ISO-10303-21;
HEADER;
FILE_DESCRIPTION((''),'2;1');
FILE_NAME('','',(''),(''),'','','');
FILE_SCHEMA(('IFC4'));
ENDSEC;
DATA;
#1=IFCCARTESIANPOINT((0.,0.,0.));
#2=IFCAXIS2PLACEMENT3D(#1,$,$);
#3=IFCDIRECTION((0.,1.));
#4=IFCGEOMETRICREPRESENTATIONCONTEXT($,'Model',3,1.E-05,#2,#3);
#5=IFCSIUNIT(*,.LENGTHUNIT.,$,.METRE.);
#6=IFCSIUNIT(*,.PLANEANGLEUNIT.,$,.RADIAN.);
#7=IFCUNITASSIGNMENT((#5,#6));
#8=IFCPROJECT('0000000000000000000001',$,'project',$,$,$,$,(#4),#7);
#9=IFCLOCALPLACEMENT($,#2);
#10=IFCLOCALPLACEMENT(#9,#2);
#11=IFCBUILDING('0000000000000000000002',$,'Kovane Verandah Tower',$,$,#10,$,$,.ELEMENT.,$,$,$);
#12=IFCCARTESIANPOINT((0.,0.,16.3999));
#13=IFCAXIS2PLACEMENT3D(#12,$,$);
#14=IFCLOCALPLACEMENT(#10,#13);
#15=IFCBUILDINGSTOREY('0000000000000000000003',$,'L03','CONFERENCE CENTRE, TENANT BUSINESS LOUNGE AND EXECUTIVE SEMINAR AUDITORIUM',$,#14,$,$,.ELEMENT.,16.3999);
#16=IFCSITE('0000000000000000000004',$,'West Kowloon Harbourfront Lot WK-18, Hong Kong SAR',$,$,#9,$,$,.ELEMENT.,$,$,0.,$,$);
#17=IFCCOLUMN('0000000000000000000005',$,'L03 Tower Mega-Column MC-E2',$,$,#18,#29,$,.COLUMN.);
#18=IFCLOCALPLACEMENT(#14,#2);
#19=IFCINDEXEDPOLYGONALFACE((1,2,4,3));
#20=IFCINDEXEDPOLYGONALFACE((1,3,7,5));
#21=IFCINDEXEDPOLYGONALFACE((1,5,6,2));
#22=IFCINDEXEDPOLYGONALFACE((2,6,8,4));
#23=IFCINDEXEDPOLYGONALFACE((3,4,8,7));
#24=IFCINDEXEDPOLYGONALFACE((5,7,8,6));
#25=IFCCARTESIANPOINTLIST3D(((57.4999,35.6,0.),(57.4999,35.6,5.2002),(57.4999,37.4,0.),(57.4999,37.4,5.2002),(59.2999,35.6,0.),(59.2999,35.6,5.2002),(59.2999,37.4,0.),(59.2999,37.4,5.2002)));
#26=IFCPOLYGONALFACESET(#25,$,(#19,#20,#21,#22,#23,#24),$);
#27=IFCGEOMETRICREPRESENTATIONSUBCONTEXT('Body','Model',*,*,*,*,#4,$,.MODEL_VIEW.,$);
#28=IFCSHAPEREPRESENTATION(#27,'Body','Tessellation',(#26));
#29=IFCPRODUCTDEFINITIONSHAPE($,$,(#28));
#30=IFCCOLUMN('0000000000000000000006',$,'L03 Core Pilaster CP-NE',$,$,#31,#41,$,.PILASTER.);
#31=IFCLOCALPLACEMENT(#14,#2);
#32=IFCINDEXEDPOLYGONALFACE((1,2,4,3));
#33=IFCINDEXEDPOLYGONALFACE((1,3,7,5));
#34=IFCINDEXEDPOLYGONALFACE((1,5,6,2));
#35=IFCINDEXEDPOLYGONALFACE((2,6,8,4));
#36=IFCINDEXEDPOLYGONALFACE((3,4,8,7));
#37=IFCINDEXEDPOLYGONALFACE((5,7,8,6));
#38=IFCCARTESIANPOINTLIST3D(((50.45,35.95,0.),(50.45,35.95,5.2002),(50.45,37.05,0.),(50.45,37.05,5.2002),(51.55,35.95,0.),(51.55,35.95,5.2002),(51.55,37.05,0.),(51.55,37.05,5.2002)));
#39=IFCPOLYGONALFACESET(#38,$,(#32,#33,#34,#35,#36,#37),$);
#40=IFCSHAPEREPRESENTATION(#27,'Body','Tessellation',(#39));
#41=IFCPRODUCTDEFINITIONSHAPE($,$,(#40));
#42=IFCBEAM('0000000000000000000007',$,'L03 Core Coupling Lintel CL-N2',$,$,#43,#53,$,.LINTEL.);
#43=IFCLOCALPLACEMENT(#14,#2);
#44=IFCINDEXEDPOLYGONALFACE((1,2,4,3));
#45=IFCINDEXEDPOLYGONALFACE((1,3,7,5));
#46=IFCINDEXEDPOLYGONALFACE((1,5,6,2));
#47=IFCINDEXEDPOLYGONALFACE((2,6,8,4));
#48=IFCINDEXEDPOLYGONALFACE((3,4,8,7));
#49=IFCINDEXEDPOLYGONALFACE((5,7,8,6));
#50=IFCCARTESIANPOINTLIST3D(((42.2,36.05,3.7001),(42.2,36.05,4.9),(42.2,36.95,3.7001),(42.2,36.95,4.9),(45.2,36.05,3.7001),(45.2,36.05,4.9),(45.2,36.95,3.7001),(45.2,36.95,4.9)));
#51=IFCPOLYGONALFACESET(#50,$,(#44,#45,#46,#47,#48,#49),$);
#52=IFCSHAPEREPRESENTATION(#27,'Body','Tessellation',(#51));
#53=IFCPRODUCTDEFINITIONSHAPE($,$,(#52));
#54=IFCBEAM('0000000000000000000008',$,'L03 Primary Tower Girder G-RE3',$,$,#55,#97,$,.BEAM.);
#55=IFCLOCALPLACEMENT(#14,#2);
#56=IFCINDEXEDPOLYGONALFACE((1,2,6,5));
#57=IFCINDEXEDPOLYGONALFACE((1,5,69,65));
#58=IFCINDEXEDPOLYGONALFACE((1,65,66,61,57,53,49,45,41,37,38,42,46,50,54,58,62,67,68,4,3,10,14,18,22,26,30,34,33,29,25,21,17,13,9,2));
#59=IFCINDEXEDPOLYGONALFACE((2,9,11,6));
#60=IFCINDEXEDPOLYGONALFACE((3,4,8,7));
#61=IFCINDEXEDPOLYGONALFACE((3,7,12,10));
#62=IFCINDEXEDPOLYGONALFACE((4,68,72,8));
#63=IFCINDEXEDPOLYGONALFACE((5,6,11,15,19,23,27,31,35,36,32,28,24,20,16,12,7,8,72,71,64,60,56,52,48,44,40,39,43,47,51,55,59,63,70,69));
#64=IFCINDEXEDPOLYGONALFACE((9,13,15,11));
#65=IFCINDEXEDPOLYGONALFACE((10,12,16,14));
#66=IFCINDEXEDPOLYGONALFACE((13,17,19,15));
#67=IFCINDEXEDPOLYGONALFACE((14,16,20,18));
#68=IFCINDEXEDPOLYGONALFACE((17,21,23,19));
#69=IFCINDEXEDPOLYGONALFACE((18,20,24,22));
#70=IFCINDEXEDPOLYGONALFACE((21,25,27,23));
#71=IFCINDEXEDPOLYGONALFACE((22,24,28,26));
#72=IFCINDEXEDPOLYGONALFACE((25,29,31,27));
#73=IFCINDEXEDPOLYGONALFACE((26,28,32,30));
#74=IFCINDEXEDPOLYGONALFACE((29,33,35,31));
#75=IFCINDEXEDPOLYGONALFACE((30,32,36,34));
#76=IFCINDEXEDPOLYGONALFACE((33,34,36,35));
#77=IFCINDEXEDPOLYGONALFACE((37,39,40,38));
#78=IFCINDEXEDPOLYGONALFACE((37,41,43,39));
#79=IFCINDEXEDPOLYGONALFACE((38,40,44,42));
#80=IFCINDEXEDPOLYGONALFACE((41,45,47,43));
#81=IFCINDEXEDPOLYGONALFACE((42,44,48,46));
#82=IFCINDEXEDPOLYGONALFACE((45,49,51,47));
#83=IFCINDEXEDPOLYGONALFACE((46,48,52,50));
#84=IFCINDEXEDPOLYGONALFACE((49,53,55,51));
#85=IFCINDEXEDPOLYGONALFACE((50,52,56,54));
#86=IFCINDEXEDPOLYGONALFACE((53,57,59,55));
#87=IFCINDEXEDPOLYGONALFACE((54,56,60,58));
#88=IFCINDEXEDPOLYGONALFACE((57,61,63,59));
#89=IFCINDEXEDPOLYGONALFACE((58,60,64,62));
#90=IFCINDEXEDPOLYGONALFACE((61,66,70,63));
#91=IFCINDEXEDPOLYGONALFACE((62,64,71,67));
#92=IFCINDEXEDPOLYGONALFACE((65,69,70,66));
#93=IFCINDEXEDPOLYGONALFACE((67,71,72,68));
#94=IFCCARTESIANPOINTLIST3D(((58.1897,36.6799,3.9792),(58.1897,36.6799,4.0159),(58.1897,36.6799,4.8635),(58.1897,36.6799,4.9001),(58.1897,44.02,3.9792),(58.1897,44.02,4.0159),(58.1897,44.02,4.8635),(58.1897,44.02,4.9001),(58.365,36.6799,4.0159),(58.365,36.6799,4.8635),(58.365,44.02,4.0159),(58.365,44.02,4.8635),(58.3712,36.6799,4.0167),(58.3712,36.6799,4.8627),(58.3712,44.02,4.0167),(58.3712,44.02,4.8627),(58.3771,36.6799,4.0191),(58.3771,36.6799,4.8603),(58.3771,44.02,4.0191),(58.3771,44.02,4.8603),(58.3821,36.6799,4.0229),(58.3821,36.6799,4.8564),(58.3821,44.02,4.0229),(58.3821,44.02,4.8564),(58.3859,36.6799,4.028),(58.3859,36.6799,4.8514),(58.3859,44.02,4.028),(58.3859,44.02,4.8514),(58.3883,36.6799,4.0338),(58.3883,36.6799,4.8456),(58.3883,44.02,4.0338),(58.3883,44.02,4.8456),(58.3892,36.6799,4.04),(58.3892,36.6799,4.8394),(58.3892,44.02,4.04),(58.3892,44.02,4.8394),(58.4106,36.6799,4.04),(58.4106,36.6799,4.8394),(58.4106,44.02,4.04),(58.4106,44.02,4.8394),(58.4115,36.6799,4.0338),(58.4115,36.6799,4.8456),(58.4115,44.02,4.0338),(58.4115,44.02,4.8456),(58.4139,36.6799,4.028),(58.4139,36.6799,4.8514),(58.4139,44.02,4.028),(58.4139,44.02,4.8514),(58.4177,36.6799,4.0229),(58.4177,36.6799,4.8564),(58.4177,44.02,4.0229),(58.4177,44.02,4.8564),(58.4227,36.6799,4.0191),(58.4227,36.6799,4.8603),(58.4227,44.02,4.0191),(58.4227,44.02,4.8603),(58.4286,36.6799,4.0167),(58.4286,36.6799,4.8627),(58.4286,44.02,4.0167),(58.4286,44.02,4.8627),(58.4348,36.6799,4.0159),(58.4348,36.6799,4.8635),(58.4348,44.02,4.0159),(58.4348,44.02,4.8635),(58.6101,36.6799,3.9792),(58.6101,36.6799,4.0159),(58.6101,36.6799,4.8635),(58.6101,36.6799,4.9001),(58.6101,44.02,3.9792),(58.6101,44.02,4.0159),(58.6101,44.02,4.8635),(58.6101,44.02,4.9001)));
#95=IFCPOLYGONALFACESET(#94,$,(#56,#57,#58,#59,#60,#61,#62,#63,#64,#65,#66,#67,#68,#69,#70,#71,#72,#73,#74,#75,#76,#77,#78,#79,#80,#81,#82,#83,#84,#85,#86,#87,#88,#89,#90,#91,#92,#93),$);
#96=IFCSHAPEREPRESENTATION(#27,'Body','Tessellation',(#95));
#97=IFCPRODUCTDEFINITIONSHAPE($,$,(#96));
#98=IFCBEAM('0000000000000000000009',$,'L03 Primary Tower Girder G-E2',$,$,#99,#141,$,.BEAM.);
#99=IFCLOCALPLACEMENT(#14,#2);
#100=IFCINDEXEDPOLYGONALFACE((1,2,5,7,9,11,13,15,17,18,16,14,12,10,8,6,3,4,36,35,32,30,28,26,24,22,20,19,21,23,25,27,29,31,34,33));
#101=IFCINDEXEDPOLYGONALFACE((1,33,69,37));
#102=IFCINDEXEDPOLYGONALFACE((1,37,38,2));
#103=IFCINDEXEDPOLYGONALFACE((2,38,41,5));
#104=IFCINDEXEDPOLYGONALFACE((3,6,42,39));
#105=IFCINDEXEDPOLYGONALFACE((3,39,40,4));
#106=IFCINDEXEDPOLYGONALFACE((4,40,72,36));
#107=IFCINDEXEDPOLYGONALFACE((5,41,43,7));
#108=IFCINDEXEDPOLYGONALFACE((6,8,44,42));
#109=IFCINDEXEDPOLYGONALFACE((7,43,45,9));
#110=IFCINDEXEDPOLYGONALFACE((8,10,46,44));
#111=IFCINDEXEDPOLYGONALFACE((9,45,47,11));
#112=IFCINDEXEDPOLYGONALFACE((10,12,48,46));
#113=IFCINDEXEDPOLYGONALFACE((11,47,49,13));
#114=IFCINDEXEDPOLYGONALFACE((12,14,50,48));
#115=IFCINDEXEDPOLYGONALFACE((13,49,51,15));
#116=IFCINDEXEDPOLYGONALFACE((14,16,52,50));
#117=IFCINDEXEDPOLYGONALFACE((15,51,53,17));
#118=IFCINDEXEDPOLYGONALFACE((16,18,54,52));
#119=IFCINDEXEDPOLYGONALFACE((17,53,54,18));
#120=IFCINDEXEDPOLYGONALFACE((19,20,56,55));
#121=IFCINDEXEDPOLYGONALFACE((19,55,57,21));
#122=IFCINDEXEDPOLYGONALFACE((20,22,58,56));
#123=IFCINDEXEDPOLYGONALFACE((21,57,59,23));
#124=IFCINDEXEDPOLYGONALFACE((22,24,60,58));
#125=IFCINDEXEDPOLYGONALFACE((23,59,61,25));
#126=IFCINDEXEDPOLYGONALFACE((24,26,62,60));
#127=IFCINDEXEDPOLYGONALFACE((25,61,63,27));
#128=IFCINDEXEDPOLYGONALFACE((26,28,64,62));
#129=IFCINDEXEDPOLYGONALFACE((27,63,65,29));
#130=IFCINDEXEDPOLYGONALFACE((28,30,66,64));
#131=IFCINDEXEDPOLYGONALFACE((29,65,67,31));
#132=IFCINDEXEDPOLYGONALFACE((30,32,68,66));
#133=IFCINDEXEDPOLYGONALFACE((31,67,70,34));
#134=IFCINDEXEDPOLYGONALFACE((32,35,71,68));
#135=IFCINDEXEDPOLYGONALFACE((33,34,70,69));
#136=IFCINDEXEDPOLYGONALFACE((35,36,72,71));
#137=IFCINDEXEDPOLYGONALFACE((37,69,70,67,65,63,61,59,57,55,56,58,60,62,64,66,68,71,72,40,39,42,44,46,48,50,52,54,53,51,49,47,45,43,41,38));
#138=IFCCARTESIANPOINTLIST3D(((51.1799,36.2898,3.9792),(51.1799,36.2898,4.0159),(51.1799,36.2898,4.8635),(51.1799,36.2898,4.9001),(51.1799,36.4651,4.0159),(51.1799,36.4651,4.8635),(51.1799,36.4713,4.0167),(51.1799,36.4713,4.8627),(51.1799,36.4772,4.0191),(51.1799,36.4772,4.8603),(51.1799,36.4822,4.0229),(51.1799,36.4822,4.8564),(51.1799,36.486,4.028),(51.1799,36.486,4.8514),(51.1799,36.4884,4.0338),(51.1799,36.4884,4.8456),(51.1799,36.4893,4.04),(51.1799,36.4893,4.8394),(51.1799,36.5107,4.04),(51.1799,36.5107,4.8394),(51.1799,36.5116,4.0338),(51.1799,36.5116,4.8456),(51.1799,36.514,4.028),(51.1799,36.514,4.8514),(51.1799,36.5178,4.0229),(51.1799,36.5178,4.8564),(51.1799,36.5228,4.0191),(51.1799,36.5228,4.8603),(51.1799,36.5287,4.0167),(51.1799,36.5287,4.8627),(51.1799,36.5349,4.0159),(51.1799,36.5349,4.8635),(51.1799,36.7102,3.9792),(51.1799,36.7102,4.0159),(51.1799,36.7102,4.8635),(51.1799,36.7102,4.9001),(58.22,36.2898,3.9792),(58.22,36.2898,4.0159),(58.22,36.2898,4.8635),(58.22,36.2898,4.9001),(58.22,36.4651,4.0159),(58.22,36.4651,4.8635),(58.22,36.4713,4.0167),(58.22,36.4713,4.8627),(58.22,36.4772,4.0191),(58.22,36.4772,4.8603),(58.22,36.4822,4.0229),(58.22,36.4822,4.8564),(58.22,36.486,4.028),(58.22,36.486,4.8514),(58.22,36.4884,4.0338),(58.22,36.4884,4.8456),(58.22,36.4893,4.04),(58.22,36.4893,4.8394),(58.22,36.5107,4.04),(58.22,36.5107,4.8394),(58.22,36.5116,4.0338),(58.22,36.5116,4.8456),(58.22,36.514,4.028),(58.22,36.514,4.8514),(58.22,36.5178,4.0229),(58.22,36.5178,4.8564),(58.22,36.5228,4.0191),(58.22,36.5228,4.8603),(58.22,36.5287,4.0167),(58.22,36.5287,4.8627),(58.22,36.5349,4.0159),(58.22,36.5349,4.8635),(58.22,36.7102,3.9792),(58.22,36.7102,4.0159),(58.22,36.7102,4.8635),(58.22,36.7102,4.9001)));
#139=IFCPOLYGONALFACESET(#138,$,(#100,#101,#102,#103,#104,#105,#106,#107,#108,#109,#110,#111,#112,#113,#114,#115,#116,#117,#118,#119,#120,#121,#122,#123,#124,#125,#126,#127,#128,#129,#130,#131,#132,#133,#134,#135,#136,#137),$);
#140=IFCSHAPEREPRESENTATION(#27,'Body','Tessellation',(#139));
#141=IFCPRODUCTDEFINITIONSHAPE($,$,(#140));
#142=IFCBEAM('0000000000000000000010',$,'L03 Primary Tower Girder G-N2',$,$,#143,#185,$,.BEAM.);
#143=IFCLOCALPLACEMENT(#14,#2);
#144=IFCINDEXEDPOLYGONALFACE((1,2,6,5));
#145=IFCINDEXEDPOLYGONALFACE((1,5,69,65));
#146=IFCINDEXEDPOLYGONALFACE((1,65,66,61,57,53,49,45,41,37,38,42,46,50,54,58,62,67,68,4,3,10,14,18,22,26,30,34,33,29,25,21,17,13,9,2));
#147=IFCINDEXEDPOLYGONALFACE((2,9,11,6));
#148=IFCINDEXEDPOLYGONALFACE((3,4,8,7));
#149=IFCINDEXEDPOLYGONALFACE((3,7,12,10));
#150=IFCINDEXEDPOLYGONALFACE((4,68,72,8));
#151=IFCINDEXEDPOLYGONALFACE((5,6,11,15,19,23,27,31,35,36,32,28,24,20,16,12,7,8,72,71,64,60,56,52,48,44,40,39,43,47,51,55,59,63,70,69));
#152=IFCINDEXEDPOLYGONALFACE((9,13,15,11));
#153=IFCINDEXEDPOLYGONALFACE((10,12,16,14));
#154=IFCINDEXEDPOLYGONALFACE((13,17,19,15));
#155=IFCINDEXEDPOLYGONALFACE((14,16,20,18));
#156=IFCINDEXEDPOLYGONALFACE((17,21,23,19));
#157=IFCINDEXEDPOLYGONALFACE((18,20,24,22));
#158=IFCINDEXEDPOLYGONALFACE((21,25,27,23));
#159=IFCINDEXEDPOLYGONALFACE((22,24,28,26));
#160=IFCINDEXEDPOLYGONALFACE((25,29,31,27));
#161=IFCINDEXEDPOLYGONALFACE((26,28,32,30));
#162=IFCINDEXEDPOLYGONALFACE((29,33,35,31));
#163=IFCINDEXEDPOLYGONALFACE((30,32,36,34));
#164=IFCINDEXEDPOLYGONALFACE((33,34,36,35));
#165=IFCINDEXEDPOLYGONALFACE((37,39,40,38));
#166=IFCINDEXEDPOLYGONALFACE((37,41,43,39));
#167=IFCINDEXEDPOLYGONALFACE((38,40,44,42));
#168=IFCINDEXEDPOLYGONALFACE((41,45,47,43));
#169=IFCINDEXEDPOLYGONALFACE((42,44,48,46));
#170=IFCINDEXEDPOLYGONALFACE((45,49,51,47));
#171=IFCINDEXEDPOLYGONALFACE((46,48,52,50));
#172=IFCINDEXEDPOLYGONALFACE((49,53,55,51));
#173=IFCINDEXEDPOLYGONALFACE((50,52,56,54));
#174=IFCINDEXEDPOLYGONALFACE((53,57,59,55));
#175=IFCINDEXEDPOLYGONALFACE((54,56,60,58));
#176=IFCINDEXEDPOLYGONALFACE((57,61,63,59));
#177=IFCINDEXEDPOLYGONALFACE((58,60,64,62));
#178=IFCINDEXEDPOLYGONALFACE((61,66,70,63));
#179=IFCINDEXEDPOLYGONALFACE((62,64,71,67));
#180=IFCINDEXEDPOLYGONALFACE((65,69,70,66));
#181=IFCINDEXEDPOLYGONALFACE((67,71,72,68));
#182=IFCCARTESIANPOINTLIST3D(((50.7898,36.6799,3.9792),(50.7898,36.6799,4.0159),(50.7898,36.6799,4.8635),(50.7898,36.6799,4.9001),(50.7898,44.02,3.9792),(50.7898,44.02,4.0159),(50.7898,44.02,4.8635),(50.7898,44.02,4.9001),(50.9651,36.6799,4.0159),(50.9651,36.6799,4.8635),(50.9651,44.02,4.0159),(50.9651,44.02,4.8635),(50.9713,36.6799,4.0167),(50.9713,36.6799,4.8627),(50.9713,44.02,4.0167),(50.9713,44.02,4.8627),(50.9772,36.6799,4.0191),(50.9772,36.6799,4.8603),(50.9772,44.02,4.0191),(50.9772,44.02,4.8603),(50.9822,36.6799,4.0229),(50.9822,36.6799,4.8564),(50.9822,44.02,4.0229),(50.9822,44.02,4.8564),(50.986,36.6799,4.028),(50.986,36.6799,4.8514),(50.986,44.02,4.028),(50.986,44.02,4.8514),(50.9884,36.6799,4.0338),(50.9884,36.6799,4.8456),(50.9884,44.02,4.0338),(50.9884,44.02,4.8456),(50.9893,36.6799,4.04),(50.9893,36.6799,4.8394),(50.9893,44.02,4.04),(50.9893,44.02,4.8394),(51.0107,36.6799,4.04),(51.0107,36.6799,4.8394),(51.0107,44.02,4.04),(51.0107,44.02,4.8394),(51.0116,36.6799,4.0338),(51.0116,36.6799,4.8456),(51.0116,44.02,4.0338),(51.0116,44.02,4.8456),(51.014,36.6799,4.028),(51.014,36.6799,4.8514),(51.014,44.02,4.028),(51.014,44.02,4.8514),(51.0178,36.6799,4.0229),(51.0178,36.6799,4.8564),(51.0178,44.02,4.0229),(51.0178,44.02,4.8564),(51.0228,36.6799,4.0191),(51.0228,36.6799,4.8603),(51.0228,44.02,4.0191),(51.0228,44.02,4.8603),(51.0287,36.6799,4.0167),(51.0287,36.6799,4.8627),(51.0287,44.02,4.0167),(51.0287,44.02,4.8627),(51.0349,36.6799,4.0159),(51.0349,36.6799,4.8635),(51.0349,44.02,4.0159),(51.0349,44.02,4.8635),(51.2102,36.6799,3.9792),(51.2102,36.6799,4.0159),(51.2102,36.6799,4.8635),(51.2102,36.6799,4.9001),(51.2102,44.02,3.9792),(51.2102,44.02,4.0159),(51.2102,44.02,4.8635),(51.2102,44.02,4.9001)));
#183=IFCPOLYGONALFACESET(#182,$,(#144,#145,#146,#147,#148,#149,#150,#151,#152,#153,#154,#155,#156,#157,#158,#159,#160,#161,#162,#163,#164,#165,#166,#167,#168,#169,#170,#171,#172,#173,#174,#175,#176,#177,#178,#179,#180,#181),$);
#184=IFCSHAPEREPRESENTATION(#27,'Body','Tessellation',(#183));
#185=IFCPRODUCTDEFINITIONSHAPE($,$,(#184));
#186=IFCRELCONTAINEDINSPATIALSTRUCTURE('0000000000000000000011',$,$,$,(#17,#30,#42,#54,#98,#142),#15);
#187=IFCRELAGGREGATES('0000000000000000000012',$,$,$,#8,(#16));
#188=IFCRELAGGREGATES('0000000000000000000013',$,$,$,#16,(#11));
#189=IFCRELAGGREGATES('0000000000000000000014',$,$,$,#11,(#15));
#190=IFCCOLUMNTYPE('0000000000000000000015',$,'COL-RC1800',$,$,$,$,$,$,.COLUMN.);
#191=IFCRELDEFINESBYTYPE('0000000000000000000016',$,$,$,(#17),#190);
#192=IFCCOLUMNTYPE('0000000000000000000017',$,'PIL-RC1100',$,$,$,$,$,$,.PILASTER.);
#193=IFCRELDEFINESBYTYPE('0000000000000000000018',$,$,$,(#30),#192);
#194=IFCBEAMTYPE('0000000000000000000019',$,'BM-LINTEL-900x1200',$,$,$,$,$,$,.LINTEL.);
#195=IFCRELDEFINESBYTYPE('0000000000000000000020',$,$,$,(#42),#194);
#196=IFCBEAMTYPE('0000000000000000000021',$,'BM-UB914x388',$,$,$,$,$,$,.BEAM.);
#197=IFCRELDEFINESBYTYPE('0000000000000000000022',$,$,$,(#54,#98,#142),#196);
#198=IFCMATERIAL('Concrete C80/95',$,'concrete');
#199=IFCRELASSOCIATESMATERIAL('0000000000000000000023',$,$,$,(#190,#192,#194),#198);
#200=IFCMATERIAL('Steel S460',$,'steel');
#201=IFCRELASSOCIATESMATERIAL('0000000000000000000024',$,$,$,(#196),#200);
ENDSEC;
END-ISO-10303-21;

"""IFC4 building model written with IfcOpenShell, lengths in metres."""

from ifc_helpers import new_model, si_unit, direction, frame, origin, origin_2d, place, context, subcontext, project, spatial, rectangle, i_section, extrude, material, material_profile, profile_set, type_object, element, save


model = new_model("IFC4")

# Units and contexts
model_context = context("Model", 3, precision=1e-05, world=origin(), true_north=direction((0.0, 1.0)))
body_context = subcontext(model_context, "Body", "Model", "MODEL_VIEW")
ifc_project = project(units=[si_unit("LENGTHUNIT", "METRE"), si_unit("PLANEANGLEUNIT", "RADIAN")], contexts=[model_context])

# Site, building, storey
site_placement = place(None, origin())
site = spatial("IfcSite", under=ifc_project, at=site_placement, Name="West Kowloon Harbourfront Lot WK-18, Hong Kong SAR", CompositionType="ELEMENT", RefElevation=0.0)
building_placement = place(site_placement, origin())
building = spatial("IfcBuilding", under=site, at=building_placement, Name="Kovane Verandah Tower", CompositionType="ELEMENT")
storey_placement = place(building_placement, frame((0.0, 0.0, 16.3999)))
storey = spatial("IfcBuildingStorey", under=building, at=storey_placement, Name="L03", Description="CONFERENCE CENTRE, TENANT BUSINESS LOUNGE AND EXECUTIVE SEMINAR AUDITORIUM", CompositionType="ELEMENT", Elevation=16.3999)

# Columns
ifc_material_1 = material(Name="Concrete C80/95", Category="concrete")
ifc_material_profile_1 = material_profile(ifc_material_1, rectangle(XDim=1.8, YDim=1.8, at=origin_2d()), Name="RC1800x1800")
ifc_profile_set_1 = profile_set([ifc_material_profile_1], Name="Concrete C80/95")
column_type_1 = type_object("IfcColumnType", Name="COL-RC1800", PredefinedType="COLUMN", material=ifc_profile_set_1)
column_1_placement = place(storey_placement, frame((58.3999, 36.5, 0.0), z_axis=(0.0, 0.0, 1.0), x_axis=(1.0, 0.0, 0.0)))
element("IfcColumn", 1, at=column_1_placement, inside=storey, type_object=column_type_1, Name="L03 Tower Mega-Column MC-E2", PredefinedType="COLUMN", context=body_context, shape_type="SweptSolid", body=[
    extrude(rectangle(XDim=1.8, YDim=1.8, at=origin_2d()), origin(), (0.0, 0.0, 1.0), 5.2002),
])
ifc_material_profile_2 = material_profile(ifc_material_1, rectangle(XDim=1.1001, YDim=1.1001, at=origin_2d()), Name="RC1100x1100")
ifc_profile_set_2 = profile_set([ifc_material_profile_2], Name="Concrete C80/95")
column_type_2 = type_object("IfcColumnType", Name="PIL-RC1100", PredefinedType="PILASTER", material=ifc_profile_set_2)
column_2_placement = place(storey_placement, frame((51.0, 36.5, 0.0), z_axis=(0.0, 0.0, 1.0), x_axis=(1.0, 0.0, 0.0)))
element("IfcColumn", 2, at=column_2_placement, inside=storey, type_object=column_type_2, Name="L03 Core Pilaster CP-NE", PredefinedType="PILASTER", context=body_context, shape_type="SweptSolid", body=[
    extrude(rectangle(XDim=1.1001, YDim=1.1001, at=origin_2d()), origin(), (0.0, 0.0, 1.0), 5.2002),
])

# Beams
ifc_material_profile_3 = material_profile(ifc_material_1, rectangle(XDim=0.8999, YDim=1.2, at=origin_2d()), Name="RCB900x1200")
ifc_profile_set_3 = profile_set([ifc_material_profile_3], Name="Concrete C80/95")
beam_type_1 = type_object("IfcBeamType", Name="BM-LINTEL-900x1200", PredefinedType="LINTEL", material=ifc_profile_set_3)
beam_1_placement = place(storey_placement, frame((42.2, 36.5, 4.3), z_axis=(1.0, 0.0, 0.0), x_axis=(0.0, 1.0, 0.0)))
element("IfcBeam", 3, at=beam_1_placement, inside=storey, type_object=beam_type_1, Name="L03 Core Coupling Lintel CL-N2", PredefinedType="LINTEL", context=body_context, shape_type="SweptSolid", body=[
    extrude(rectangle(XDim=0.8999, YDim=1.2, at=origin_2d()), origin(), (0.0, 0.0, 1.0), 3.0),
])
ifc_material_2 = material(Name="Steel S460", Category="steel")
ifc_material_profile_4 = material_profile(ifc_material_2, i_section(OverallWidth=0.4204, OverallDepth=0.9209, WebThickness=0.0215, FlangeThickness=0.0366, FilletRadius=0.0242, at=origin_2d()), Name="UB914x419x388")
ifc_profile_set_4 = profile_set([ifc_material_profile_4], Name="Steel S460")
beam_type_2 = type_object("IfcBeamType", Name="BM-UB914x388", PredefinedType="BEAM", material=ifc_profile_set_4)
beam_2_placement = place(storey_placement, frame((58.3999, 36.6799, 4.4397), z_axis=(0.0, 1.0, 0.0), x_axis=(-1.0, 0.0, 0.0)))
element("IfcBeam", 4, at=beam_2_placement, inside=storey, type_object=beam_type_2, Name="L03 Primary Tower Girder G-RE3", PredefinedType="BEAM", context=body_context, shape_type="SweptSolid", body=[
    extrude(i_section(OverallWidth=0.4204, OverallDepth=0.9209, WebThickness=0.0215, FlangeThickness=0.0366, FilletRadius=0.0242, at=origin_2d()), origin(), (0.0, 0.0, 1.0), 7.3401),
])
beam_3_placement = place(storey_placement, frame((51.1799, 36.5, 4.4397), z_axis=(1.0, 0.0, 0.0), x_axis=(0.0, 1.0, 0.0)))
element("IfcBeam", 5, at=beam_3_placement, inside=storey, type_object=beam_type_2, Name="L03 Primary Tower Girder G-E2", PredefinedType="BEAM", context=body_context, shape_type="SweptSolid", body=[
    extrude(i_section(OverallWidth=0.4204, OverallDepth=0.9209, WebThickness=0.0215, FlangeThickness=0.0366, FilletRadius=0.0242, at=origin_2d()), origin(), (0.0, 0.0, 1.0), 7.04),
])
beam_4_placement = place(storey_placement, frame((51.0, 36.6799, 4.4397), z_axis=(0.0, 1.0, 0.0), x_axis=(-1.0, 0.0, 0.0)))
element("IfcBeam", 6, at=beam_4_placement, inside=storey, type_object=beam_type_2, Name="L03 Primary Tower Girder G-N2", PredefinedType="BEAM", context=body_context, shape_type="SweptSolid", body=[
    extrude(i_section(OverallWidth=0.4204, OverallDepth=0.9209, WebThickness=0.0215, FlangeThickness=0.0366, FilletRadius=0.0242, at=origin_2d()), origin(), (0.0, 0.0, 1.0), 7.3401),
])

save(model, "model.ifc")
